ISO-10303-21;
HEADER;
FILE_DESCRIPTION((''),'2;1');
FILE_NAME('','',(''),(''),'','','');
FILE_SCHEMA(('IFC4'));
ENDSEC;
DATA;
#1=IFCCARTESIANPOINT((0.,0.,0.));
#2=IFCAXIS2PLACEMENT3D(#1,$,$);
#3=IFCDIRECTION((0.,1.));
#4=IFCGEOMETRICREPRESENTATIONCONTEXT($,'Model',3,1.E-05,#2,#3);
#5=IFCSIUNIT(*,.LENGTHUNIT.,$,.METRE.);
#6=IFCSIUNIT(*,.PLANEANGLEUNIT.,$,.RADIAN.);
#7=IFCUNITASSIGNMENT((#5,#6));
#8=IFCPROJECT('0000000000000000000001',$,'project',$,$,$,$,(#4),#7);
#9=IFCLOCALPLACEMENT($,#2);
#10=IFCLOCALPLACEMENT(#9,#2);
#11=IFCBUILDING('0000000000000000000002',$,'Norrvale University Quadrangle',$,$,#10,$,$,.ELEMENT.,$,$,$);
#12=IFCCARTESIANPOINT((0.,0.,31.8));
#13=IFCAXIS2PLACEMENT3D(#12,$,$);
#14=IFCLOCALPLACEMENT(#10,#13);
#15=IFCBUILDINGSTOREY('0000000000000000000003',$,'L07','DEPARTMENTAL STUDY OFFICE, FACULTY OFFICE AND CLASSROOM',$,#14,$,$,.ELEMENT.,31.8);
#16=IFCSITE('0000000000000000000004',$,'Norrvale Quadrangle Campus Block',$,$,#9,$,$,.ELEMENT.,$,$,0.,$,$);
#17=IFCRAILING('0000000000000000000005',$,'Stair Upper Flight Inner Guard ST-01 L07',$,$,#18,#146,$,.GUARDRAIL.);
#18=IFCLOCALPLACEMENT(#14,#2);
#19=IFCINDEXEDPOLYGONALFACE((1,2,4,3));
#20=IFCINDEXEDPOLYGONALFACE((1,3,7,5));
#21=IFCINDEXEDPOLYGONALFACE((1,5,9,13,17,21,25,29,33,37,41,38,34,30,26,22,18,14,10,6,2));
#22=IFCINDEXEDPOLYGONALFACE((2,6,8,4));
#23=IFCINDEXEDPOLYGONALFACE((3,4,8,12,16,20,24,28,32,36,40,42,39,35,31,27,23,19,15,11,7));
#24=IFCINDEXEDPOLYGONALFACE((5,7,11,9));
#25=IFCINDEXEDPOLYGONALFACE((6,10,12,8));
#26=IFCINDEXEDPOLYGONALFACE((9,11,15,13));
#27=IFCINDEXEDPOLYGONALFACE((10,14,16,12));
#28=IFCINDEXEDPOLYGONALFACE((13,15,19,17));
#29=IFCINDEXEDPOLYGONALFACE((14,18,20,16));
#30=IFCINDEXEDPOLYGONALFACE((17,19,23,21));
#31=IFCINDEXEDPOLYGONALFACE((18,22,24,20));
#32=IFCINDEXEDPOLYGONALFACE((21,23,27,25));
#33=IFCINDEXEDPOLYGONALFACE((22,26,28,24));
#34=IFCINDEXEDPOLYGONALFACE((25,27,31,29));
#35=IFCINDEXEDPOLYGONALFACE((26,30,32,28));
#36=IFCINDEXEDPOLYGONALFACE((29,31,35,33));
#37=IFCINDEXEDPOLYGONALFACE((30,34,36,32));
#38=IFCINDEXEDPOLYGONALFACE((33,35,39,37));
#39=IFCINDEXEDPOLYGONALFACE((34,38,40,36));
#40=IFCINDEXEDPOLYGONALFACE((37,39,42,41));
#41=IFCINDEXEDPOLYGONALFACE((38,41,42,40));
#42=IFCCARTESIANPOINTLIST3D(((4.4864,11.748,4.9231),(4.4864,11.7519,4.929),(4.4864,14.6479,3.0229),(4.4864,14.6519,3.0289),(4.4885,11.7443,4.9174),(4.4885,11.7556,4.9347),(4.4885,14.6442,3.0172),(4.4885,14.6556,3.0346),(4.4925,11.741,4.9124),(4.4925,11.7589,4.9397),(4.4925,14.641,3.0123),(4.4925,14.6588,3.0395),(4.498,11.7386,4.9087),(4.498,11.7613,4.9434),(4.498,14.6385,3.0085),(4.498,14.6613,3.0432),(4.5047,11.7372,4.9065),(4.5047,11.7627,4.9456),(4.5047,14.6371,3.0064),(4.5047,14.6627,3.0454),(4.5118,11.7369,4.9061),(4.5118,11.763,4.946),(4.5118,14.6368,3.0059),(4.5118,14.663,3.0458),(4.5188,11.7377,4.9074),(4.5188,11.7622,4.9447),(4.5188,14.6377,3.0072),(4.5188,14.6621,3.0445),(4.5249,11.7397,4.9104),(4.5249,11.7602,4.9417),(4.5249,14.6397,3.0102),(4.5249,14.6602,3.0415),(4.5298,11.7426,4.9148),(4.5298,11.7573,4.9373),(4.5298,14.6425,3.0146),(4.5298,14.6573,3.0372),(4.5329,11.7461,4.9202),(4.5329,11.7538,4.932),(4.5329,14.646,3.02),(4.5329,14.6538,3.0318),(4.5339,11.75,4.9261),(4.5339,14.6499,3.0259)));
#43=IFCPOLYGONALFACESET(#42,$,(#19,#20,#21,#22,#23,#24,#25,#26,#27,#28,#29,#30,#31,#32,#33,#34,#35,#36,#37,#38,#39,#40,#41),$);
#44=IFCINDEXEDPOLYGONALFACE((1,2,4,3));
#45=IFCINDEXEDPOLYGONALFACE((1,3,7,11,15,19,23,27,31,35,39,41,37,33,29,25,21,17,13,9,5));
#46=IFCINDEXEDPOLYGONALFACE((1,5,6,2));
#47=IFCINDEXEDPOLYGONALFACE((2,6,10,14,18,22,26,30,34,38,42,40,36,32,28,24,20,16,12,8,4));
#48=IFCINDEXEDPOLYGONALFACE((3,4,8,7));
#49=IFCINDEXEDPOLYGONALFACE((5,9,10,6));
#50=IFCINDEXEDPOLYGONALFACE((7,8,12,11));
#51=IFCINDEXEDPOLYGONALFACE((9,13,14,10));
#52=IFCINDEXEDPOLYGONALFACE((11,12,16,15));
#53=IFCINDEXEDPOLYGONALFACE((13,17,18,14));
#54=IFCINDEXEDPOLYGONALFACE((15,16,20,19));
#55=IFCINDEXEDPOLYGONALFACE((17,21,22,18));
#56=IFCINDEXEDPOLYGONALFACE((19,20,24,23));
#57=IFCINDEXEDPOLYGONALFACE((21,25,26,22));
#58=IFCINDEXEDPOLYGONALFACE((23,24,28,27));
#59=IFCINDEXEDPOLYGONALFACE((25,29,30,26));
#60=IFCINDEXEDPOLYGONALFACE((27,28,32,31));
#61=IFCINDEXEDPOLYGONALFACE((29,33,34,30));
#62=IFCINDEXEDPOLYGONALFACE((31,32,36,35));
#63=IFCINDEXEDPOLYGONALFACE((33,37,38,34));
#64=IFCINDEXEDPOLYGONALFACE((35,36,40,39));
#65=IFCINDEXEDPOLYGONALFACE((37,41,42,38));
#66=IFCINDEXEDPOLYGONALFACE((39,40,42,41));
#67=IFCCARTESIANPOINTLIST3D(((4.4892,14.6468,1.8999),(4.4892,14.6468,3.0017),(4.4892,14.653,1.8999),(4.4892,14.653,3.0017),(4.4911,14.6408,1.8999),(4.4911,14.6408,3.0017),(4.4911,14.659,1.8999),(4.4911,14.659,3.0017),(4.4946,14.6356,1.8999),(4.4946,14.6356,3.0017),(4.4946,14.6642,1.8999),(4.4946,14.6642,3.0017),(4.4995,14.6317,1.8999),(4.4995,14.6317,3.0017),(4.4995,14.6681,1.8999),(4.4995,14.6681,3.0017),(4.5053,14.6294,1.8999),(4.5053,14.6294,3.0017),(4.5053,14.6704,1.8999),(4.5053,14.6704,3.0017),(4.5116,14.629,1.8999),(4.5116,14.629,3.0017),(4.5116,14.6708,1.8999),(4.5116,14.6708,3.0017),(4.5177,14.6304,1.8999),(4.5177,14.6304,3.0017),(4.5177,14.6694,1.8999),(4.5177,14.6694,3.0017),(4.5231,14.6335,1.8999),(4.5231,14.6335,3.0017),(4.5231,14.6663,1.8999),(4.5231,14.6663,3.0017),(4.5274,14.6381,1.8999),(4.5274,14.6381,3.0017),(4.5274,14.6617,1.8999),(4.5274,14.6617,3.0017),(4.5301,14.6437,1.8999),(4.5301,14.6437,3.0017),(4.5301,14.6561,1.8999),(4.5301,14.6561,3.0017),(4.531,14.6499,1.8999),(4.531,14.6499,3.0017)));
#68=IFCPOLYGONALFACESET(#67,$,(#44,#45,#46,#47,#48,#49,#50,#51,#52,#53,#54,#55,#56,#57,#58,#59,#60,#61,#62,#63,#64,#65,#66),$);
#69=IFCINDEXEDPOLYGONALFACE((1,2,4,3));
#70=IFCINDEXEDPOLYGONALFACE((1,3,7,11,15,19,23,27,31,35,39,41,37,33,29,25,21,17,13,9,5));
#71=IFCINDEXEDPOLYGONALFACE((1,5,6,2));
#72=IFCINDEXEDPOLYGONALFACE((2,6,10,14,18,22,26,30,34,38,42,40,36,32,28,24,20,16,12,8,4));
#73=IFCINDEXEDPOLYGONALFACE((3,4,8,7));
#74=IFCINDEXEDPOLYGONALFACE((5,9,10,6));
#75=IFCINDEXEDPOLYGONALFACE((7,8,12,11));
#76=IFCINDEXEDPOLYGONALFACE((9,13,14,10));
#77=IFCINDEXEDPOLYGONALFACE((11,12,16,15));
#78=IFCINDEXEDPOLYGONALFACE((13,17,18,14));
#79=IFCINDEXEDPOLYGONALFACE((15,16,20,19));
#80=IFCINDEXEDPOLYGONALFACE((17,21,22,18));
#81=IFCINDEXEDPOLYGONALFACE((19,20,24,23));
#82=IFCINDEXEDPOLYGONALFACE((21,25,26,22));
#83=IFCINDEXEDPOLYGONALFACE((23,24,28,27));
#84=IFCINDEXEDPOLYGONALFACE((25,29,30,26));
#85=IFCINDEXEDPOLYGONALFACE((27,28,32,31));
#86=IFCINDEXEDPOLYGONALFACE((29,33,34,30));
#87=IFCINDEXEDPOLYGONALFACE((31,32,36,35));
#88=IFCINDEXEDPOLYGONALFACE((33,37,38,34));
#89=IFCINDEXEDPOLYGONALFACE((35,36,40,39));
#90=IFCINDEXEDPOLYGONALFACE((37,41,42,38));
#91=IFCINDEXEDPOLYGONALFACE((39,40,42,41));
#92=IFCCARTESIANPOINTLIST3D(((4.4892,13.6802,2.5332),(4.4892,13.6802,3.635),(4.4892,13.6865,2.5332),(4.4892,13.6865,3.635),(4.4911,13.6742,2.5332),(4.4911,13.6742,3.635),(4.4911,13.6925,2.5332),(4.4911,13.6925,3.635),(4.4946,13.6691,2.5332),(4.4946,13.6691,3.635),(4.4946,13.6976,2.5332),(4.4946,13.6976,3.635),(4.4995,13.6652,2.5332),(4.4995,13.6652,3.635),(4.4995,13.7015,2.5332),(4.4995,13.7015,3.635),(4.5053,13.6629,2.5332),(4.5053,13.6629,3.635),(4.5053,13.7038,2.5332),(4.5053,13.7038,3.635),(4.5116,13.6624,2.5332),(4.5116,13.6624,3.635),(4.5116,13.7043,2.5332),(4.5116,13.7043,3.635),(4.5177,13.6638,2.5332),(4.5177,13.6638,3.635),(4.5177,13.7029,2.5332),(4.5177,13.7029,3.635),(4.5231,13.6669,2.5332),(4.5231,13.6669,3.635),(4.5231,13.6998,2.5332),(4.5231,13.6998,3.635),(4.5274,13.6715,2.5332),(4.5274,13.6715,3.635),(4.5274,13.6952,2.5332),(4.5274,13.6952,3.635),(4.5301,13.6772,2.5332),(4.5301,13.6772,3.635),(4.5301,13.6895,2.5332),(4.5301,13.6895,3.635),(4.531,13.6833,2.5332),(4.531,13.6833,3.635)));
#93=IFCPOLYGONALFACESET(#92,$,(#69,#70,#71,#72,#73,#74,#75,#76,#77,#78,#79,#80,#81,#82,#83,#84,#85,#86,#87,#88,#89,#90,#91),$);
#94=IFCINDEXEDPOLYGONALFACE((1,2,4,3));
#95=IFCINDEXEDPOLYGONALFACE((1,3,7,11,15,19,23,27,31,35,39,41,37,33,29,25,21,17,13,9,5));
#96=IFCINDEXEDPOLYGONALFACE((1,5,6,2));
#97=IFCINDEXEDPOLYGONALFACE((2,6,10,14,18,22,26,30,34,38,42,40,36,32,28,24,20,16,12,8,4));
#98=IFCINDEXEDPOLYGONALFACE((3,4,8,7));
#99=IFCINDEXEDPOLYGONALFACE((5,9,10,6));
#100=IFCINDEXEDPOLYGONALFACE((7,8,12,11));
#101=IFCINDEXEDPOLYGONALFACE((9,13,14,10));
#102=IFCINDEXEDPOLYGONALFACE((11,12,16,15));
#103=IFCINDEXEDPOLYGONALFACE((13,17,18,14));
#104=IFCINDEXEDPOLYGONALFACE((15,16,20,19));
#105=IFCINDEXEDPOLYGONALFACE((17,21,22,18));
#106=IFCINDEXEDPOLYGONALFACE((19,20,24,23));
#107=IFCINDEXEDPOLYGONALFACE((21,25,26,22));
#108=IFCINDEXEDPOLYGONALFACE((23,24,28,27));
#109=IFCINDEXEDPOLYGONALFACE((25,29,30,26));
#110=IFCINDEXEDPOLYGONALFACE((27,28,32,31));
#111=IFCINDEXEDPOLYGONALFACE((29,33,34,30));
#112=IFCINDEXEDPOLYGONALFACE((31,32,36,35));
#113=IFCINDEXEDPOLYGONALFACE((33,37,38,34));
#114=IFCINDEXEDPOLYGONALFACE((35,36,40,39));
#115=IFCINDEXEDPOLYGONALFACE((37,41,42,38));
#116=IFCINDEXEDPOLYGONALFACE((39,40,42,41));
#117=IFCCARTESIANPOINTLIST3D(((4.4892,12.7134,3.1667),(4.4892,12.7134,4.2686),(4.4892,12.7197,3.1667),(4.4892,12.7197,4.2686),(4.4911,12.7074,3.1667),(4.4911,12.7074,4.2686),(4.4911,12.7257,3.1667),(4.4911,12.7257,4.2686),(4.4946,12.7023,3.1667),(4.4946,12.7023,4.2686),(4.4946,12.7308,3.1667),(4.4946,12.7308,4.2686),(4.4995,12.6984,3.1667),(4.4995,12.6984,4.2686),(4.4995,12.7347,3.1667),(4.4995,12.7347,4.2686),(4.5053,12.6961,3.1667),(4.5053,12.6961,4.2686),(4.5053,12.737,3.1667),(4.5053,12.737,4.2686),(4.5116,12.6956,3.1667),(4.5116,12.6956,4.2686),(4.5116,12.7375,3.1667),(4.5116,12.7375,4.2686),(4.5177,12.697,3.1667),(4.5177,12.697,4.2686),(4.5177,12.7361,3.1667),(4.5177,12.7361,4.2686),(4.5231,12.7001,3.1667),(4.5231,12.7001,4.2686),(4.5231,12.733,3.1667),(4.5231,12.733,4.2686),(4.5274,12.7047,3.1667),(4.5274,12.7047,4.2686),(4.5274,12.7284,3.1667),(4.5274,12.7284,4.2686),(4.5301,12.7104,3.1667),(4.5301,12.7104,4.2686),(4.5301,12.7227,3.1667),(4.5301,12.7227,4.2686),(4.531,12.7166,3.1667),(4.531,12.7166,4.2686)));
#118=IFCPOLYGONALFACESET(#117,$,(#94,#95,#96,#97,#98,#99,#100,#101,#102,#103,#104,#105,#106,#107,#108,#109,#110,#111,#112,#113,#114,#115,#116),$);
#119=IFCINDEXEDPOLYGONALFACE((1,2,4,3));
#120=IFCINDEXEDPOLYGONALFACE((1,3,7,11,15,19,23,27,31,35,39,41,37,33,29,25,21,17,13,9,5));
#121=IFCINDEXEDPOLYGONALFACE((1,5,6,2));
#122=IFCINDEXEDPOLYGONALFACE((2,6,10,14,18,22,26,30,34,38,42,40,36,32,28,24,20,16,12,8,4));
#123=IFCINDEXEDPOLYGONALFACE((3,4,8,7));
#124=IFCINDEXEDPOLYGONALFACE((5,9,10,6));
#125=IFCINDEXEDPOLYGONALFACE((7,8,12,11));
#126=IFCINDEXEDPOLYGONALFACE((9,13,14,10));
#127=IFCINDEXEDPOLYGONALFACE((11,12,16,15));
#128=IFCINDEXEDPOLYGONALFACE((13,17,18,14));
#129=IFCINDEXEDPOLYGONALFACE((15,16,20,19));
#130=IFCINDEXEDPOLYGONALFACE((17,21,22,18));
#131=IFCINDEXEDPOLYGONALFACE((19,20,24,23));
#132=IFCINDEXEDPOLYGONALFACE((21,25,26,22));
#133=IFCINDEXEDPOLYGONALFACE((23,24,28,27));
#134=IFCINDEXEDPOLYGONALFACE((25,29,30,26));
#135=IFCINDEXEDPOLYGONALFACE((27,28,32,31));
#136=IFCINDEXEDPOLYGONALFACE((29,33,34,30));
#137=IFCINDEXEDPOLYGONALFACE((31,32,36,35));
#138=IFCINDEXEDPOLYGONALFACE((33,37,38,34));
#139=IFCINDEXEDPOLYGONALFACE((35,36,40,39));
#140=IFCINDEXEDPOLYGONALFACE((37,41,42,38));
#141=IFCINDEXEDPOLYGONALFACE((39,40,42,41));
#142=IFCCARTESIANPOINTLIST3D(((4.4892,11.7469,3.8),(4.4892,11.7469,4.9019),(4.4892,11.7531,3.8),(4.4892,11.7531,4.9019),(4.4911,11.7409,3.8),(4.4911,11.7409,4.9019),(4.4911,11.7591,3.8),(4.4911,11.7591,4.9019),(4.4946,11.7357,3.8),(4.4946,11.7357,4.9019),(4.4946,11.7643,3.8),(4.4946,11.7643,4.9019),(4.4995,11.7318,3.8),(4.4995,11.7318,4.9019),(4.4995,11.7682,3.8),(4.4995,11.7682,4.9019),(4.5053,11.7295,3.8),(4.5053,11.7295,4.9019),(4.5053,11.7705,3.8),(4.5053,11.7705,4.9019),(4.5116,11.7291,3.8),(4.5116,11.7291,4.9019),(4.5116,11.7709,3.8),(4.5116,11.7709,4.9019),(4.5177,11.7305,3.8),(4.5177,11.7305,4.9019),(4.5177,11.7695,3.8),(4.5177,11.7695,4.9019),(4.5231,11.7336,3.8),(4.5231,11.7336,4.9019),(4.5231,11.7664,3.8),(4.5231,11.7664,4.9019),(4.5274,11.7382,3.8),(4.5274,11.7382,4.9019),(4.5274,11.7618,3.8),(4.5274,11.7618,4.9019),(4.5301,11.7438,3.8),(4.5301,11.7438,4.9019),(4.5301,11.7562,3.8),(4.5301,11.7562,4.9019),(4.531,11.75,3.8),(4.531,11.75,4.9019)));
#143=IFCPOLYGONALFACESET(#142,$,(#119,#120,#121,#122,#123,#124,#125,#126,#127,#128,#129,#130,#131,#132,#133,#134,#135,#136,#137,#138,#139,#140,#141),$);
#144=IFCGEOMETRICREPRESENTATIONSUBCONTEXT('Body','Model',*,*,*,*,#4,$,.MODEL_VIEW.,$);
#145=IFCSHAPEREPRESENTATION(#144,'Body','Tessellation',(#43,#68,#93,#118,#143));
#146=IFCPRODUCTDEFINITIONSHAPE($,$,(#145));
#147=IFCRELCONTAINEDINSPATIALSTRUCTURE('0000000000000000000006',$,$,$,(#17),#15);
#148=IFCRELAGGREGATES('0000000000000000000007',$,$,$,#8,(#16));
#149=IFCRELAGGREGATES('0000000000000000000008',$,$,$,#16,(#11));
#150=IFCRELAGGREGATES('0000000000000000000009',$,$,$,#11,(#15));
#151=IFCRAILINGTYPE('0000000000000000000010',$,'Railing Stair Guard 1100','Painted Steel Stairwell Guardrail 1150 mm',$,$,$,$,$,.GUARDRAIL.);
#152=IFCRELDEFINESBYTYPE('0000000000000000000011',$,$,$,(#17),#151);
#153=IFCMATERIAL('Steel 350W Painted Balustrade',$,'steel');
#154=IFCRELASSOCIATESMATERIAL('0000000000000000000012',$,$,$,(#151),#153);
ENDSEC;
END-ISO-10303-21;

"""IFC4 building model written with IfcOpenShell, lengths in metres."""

from ifc_helpers import new_model, si_unit, direction, frame, origin, origin_2d, place, context, subcontext, project, spatial, circle, extrude, material, type_object, element, save


model = new_model("IFC4")

# Units and contexts
model_context = context("Model", 3, precision=1e-05, world=origin(), true_north=direction((0.0, 1.0)))
body_context = subcontext(model_context, "Body", "Model", "MODEL_VIEW")
ifc_project = project(units=[si_unit("LENGTHUNIT", "METRE"), si_unit("PLANEANGLEUNIT", "RADIAN")], contexts=[model_context])

# Site, building, storey
site_placement = place(None, origin())
site = spatial("IfcSite", under=ifc_project, at=site_placement, Name="Norrvale Quadrangle Campus Block", CompositionType="ELEMENT", RefElevation=0.0)
building_placement = place(site_placement, origin())
building = spatial("IfcBuilding", under=site, at=building_placement, Name="Norrvale University Quadrangle", CompositionType="ELEMENT")
storey_placement = place(building_placement, frame((0.0, 0.0, 31.8)))
storey = spatial("IfcBuildingStorey", under=building, at=storey_placement, Name="L07", Description="DEPARTMENTAL STUDY OFFICE, FACULTY OFFICE AND CLASSROOM", CompositionType="ELEMENT", Elevation=31.8)

# Railing
ifc_material_1 = material(Name="Steel 350W Painted Balustrade", Category="steel")
railing_type_1 = type_object("IfcRailingType", Name="Railing Stair Guard 1100", Description="Painted Steel Stairwell Guardrail 1150 mm", PredefinedType="GUARDRAIL", material=ifc_material_1)
railing_1_placement = place(storey_placement, frame((4.51, 14.6499, 1.8999)))
element("IfcRailing", 1, at=railing_1_placement, inside=storey, type_object=railing_type_1, Name="Stair Upper Flight Inner Guard ST-01 L07", PredefinedType="GUARDRAIL", context=body_context, shape_type="SweptSolid", body=[
    extrude(circle(Radius=0.0239, at=origin_2d()), frame((0.0, 0.0, 1.126), z_axis=(0.0, -0.836433, 0.548069), x_axis=(1.0, 0.0, 0.0)), (0.0, 0.0, 1.0), 3.467),
    extrude(circle(Radius=0.021, at=origin_2d()), origin(), (0.0, 0.0, 1.0), 1.1018),
    extrude(circle(Radius=0.021, at=origin_2d()), frame((0.0, -0.9666, 0.6333)), (0.0, 0.0, 1.0), 1.1018),
    extrude(circle(Radius=0.021, at=origin_2d()), frame((0.0, -1.9333, 1.2668)), (0.0, 0.0, 1.0), 1.1018),
    extrude(circle(Radius=0.021, at=origin_2d()), frame((0.0, -2.8999, 1.9001)), (0.0, 0.0, 1.0), 1.1018),
])

save(model, "model.ifc")
